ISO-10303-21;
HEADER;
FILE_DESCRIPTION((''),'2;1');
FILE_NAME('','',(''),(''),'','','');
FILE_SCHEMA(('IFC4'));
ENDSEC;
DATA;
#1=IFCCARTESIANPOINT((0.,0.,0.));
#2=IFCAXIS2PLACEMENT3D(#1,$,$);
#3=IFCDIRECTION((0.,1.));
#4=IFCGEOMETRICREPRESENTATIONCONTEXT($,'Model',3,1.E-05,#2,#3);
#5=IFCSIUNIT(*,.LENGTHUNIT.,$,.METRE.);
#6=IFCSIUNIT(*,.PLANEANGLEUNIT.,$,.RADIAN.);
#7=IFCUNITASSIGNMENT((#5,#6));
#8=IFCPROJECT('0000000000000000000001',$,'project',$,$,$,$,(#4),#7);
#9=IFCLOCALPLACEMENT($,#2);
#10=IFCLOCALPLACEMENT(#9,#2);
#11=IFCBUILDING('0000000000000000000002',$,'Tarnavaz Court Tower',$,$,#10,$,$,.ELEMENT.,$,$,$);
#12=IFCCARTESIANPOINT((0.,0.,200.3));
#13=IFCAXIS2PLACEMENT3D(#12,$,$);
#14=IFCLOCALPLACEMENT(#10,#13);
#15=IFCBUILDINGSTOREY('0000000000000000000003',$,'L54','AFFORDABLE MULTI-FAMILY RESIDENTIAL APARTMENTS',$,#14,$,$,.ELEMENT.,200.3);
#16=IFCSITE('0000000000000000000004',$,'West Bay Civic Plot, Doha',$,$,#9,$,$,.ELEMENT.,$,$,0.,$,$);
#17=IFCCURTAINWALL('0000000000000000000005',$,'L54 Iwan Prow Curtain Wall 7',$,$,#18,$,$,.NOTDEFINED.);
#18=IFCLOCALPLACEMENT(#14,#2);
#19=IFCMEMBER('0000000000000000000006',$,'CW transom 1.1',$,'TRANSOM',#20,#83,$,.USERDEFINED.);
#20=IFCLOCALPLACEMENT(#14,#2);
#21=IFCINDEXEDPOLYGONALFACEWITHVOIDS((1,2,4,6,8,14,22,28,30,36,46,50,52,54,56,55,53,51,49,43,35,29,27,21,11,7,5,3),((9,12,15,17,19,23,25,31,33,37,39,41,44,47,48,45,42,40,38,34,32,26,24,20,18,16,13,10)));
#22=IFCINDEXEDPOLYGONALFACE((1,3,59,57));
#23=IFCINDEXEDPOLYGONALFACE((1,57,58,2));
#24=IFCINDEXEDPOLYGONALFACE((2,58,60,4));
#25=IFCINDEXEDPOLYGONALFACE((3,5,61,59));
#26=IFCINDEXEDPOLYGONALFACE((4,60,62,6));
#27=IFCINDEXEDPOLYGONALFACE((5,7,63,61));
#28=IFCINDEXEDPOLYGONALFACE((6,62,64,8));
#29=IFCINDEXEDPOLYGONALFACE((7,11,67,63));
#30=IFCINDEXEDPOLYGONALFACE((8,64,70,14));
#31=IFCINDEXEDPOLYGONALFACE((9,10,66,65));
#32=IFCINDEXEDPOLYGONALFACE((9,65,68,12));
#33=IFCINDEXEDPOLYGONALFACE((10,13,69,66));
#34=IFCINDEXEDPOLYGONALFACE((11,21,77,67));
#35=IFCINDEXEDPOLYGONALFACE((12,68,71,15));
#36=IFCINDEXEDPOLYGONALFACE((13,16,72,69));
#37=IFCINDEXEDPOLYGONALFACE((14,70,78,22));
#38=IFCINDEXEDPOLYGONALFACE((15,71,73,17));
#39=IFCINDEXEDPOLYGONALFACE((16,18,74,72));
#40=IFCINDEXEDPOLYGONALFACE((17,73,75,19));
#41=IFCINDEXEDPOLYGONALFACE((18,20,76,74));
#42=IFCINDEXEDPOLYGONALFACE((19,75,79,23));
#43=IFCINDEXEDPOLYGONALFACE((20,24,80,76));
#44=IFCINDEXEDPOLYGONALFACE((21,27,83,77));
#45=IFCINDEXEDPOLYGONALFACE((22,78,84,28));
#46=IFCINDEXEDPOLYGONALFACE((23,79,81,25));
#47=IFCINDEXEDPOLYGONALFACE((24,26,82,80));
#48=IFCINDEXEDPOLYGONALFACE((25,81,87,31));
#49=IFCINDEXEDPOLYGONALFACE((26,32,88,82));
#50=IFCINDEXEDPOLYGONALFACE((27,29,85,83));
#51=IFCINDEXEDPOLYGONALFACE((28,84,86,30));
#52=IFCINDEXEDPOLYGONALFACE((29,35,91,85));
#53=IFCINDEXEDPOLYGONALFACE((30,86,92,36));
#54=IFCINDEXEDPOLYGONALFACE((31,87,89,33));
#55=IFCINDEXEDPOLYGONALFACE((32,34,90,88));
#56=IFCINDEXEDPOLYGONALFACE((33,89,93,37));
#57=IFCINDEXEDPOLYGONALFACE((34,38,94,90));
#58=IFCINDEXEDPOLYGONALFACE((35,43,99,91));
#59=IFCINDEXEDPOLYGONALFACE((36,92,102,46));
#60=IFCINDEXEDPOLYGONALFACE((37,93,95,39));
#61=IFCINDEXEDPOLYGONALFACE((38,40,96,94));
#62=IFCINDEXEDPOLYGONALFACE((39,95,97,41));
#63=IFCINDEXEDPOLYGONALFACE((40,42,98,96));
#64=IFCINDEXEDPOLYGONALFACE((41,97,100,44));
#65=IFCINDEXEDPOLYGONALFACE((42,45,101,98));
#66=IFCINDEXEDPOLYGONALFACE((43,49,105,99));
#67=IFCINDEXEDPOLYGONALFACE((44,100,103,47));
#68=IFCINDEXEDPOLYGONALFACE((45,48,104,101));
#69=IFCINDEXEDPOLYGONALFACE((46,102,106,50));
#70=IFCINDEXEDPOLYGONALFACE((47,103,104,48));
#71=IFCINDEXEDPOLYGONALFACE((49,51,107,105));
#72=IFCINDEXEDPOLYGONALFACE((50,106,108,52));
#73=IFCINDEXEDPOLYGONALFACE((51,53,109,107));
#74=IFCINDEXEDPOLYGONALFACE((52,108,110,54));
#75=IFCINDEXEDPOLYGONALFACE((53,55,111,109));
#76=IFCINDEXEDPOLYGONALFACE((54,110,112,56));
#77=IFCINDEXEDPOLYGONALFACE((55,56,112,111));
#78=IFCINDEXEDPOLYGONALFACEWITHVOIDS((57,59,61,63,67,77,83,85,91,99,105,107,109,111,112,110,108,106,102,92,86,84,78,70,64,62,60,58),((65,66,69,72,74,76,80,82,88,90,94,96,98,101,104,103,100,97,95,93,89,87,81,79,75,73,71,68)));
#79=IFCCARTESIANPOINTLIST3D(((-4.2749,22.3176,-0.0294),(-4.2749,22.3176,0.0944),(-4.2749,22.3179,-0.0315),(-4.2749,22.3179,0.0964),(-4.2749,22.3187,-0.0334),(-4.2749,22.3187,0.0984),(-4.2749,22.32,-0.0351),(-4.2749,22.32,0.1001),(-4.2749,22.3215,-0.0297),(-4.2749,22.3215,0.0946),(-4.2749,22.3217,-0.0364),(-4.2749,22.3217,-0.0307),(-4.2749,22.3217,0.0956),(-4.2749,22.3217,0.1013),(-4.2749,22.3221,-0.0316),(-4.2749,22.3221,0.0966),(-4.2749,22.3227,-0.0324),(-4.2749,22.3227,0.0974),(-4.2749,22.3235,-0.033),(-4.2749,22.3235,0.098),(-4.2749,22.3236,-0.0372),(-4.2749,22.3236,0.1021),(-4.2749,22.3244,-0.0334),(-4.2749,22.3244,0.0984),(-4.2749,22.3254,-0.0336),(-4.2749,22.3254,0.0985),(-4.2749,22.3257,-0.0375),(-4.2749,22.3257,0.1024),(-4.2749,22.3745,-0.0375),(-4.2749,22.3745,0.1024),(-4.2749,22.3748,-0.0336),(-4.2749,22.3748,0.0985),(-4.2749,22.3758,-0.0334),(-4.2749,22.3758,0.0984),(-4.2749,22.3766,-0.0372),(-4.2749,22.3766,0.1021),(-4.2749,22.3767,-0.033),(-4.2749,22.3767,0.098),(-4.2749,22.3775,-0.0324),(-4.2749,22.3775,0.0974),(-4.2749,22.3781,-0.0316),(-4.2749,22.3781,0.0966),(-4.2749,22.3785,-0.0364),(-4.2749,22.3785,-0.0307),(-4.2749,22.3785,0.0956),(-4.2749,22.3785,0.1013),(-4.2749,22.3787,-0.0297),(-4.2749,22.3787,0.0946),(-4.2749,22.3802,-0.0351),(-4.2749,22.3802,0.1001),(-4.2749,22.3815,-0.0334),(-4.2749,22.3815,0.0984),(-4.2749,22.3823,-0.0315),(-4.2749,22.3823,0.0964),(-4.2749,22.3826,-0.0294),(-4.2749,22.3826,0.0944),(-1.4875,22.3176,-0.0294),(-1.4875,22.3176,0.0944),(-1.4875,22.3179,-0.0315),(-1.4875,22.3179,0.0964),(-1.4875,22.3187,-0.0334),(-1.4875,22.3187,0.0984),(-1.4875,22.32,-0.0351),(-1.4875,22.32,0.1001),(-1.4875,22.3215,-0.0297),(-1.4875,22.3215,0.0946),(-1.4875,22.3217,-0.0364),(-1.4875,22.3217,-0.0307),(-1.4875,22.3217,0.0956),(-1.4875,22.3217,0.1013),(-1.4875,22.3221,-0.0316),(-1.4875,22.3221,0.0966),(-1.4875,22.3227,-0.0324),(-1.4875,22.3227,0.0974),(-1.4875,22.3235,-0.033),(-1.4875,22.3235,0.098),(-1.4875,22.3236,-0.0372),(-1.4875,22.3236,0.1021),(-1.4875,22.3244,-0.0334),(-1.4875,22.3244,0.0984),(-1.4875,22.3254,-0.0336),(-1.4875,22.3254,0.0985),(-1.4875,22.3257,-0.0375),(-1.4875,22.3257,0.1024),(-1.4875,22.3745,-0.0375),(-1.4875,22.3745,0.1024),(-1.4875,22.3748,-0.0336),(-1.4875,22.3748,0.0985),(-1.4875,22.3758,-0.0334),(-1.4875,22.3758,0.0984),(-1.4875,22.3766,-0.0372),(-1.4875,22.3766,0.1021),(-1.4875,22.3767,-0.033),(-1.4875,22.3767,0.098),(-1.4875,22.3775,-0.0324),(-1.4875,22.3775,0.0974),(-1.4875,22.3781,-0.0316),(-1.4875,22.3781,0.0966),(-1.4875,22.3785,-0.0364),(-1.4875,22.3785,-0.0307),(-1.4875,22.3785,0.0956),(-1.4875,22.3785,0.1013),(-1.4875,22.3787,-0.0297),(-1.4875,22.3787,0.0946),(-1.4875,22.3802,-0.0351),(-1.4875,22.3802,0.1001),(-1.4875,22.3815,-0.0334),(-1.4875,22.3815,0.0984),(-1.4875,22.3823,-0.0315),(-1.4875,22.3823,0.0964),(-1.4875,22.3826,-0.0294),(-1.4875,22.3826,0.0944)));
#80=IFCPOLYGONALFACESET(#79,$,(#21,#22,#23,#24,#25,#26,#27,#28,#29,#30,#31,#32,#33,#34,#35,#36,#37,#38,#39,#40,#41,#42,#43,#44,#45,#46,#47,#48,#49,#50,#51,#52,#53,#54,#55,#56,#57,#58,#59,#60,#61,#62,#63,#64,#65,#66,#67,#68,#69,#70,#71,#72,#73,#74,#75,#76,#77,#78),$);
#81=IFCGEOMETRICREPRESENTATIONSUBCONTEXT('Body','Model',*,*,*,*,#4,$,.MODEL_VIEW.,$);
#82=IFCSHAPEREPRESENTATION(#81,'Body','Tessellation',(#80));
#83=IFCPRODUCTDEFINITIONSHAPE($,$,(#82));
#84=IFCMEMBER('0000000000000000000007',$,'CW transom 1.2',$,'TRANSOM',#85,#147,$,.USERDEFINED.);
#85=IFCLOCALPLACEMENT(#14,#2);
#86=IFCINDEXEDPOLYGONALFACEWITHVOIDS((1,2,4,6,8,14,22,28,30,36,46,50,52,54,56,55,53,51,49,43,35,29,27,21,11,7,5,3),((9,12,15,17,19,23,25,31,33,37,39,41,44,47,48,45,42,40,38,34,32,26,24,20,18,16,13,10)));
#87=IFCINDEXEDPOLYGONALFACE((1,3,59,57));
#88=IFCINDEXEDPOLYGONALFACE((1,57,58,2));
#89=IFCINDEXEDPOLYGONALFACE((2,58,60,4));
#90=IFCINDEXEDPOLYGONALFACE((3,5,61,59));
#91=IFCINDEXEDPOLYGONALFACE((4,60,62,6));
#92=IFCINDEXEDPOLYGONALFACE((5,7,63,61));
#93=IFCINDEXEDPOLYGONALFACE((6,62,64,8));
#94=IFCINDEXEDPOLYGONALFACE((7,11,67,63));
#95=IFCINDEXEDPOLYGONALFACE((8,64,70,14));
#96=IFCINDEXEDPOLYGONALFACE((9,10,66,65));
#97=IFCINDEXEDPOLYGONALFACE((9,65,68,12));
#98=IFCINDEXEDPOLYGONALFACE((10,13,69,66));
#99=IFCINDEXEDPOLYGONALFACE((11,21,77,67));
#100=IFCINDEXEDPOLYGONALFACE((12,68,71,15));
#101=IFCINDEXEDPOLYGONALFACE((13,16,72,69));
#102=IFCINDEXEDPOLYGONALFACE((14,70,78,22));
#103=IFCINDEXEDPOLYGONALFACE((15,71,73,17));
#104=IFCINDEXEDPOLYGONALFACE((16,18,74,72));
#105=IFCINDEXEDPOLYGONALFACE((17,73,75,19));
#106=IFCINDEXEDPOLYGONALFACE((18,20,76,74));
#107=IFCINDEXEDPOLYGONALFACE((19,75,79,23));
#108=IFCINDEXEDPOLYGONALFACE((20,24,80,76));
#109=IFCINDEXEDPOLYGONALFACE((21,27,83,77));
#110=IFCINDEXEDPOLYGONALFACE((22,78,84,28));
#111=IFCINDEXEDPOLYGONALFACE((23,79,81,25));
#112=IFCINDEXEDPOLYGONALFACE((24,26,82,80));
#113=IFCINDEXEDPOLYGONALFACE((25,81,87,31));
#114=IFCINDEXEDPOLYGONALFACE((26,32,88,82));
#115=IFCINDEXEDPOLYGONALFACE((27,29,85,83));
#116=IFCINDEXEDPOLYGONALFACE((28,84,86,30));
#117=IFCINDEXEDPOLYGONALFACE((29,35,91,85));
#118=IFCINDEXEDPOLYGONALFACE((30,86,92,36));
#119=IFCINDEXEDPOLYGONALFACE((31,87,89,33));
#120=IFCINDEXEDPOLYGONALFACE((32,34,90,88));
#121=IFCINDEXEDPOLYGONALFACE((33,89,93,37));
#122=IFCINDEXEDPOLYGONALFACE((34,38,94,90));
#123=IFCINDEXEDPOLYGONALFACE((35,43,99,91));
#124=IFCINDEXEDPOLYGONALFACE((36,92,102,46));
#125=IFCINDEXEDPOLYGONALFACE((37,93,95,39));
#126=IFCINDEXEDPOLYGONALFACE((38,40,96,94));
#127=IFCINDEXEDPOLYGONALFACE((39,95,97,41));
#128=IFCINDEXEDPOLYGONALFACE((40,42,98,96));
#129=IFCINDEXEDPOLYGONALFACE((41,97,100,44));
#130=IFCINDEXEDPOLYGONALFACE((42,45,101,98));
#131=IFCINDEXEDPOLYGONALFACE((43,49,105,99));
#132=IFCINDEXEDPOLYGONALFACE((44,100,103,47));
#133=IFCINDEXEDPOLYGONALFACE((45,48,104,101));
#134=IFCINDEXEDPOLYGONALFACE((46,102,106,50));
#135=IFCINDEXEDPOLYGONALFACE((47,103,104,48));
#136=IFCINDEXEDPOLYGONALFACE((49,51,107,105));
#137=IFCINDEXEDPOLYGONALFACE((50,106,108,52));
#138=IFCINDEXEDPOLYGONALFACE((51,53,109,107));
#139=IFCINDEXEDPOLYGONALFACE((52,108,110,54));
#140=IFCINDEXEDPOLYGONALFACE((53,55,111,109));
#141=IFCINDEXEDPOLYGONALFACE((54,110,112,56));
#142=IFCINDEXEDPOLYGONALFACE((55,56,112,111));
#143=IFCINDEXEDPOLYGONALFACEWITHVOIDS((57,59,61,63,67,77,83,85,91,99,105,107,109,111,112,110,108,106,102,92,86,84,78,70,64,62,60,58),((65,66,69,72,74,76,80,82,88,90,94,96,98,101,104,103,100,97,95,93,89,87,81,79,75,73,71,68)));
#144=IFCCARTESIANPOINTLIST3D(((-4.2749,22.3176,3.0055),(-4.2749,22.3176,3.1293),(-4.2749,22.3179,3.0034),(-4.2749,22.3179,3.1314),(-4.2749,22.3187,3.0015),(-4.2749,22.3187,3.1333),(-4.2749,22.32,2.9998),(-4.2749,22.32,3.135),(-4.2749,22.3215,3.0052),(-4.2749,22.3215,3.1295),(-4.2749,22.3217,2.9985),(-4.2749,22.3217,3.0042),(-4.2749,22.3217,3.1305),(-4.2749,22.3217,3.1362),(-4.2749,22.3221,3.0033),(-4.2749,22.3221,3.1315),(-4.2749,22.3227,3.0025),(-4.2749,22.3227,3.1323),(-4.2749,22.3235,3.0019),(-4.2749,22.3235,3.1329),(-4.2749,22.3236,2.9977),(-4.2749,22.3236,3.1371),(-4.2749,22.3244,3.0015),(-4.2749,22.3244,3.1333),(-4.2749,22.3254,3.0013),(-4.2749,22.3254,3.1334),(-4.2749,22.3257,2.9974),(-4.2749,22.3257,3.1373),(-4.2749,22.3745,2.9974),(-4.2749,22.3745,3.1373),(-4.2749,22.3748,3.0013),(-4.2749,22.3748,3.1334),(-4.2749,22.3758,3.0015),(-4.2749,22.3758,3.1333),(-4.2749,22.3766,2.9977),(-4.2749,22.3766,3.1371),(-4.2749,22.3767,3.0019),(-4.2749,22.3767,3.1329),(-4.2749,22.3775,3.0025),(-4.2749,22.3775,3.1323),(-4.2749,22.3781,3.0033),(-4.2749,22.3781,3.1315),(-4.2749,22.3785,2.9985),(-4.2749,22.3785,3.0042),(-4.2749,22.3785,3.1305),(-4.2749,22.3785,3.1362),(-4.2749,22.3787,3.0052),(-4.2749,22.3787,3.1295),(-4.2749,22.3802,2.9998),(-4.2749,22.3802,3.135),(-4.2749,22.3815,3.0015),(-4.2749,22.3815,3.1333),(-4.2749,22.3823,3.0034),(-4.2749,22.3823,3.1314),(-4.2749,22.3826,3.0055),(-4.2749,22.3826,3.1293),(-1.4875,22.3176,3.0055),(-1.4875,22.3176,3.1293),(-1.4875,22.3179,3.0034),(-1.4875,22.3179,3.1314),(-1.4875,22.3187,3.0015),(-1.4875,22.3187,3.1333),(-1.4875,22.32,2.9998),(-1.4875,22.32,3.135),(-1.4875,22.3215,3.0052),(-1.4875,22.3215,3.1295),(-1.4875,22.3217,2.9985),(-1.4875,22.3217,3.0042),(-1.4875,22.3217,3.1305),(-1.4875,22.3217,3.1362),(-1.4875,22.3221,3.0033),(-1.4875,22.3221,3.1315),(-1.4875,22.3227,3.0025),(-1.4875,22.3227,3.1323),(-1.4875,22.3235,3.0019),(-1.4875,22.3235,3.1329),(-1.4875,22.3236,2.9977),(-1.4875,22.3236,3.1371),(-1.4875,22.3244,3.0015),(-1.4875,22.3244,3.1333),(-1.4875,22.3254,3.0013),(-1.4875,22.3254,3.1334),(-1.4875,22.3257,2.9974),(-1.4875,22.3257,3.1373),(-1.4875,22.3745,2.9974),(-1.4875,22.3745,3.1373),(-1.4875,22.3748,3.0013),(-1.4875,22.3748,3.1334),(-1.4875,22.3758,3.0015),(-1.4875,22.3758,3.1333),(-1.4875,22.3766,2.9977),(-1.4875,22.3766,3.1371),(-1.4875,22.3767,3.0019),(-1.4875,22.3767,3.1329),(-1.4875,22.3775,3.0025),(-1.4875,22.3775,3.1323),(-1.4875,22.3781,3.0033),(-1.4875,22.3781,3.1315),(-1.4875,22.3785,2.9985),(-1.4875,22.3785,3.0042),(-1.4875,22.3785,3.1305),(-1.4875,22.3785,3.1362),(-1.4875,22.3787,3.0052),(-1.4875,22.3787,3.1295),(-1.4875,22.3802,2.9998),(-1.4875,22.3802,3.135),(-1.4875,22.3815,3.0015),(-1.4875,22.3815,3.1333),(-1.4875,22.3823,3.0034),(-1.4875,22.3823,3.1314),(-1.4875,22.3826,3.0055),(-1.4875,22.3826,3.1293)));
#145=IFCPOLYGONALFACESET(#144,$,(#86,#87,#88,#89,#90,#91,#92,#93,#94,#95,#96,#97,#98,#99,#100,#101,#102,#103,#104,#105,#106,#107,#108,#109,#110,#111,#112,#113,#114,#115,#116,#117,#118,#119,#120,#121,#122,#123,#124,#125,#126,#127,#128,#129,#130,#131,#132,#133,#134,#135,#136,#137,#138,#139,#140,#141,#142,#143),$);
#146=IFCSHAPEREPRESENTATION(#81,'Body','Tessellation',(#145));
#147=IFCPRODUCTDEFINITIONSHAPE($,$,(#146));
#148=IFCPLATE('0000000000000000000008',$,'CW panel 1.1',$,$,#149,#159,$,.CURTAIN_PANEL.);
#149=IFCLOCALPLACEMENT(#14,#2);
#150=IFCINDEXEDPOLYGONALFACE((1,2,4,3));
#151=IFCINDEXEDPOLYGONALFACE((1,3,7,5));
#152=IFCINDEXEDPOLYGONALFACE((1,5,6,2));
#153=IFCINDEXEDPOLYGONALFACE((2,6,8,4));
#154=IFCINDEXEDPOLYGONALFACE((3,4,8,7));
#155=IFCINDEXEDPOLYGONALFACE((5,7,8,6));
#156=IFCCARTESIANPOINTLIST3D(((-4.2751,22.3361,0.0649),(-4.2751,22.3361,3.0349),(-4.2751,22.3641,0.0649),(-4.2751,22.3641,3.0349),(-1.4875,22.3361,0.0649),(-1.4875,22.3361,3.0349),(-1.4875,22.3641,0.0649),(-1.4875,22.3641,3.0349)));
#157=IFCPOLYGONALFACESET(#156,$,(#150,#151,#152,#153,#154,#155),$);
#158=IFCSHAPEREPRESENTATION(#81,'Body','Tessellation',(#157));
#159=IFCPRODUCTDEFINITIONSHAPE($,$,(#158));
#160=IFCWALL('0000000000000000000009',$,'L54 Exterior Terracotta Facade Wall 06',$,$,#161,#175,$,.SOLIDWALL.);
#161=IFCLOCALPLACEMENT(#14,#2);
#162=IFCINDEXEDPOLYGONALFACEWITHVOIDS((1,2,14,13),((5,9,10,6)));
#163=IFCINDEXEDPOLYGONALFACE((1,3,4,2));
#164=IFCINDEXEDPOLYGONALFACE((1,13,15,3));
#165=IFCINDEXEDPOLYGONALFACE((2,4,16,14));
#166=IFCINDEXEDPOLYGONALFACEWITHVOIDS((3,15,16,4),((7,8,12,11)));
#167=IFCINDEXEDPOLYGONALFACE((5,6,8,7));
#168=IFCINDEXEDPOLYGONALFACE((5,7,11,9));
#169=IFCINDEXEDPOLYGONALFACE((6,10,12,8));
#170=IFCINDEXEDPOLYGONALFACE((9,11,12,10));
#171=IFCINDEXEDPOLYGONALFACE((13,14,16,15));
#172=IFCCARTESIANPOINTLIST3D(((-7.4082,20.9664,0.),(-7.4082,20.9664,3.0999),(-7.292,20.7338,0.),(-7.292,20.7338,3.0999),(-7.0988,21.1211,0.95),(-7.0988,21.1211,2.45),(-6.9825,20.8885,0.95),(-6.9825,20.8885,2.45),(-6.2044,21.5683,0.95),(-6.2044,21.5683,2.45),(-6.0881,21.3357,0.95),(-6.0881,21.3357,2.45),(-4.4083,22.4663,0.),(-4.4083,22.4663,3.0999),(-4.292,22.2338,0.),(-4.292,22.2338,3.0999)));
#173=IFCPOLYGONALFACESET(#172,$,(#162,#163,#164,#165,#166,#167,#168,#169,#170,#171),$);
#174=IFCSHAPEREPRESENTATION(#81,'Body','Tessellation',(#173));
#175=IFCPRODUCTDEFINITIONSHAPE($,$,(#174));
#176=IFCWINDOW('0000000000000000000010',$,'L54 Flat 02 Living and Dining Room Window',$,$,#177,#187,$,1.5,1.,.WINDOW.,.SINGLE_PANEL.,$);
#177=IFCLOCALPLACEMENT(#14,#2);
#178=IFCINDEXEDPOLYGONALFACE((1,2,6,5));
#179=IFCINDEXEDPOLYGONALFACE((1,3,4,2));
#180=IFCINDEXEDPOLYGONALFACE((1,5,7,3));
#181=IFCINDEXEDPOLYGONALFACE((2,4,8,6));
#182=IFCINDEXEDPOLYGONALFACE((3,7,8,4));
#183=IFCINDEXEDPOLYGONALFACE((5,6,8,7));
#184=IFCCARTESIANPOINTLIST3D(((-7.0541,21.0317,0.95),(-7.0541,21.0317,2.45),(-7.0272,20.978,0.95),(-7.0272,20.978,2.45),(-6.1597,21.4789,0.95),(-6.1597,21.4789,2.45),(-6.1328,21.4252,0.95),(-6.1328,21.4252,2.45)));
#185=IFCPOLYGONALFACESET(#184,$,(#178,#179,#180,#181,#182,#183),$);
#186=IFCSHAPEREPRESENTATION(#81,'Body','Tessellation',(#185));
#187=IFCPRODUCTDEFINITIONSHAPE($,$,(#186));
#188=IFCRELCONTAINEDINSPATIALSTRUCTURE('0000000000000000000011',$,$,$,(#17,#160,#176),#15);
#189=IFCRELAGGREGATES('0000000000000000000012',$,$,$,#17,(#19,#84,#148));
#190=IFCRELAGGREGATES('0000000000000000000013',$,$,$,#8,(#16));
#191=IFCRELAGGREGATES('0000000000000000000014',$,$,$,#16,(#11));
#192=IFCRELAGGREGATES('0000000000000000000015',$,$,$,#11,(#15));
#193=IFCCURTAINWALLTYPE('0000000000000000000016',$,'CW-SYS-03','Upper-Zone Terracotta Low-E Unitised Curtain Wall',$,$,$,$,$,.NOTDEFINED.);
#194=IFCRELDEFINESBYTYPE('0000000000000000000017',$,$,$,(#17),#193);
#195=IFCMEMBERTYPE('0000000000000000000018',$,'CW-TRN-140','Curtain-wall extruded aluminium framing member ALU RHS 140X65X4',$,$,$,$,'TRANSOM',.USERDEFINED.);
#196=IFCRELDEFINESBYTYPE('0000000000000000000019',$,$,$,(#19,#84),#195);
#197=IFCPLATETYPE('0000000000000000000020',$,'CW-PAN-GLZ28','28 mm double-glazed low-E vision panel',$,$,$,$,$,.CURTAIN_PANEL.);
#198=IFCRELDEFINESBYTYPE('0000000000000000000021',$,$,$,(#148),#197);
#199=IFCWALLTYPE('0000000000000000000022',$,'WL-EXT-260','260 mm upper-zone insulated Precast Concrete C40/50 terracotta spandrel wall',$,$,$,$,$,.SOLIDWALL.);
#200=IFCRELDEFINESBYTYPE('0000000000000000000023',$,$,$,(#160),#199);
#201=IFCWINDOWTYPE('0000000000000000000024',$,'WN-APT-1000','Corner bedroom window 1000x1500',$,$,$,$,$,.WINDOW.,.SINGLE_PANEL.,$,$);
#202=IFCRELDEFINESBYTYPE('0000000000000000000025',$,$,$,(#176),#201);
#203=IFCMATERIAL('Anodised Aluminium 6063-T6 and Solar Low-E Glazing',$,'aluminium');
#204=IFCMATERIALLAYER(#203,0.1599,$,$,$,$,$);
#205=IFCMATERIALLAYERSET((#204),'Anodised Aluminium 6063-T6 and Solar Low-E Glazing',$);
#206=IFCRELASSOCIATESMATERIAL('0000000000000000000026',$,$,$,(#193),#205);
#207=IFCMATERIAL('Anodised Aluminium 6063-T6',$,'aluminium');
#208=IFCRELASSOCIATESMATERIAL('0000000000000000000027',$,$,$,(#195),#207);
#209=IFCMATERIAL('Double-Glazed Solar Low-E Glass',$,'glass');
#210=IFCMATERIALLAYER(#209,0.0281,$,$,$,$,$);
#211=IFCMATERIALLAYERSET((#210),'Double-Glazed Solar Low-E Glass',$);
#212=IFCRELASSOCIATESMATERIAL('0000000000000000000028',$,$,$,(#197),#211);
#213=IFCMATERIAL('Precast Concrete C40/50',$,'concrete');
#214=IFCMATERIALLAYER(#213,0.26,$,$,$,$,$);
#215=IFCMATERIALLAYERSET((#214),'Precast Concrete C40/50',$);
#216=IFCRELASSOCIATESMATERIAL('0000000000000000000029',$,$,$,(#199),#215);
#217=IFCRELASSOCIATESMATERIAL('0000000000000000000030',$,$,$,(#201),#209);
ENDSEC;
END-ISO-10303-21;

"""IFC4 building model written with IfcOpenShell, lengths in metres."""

from ifc_helpers import new_model, si_unit, direction, frame, frame_2d, origin, origin_2d, place, context, subcontext, project, spatial, rectangle, hollow_rectangle, extrude, material, layer, layer_set, material_profile, profile_set, type_object, element, fill, aggregate, save


model = new_model("IFC4")

# Units and contexts
model_context = context("Model", 3, precision=1e-05, world=origin(), true_north=direction((0.0, 1.0)))
body_context = subcontext(model_context, "Body", "Model", "MODEL_VIEW")
ifc_project = project(units=[si_unit("LENGTHUNIT", "METRE"), si_unit("PLANEANGLEUNIT", "RADIAN")], contexts=[model_context])

# Site, building, storey
site_placement = place(None, origin())
site = spatial("IfcSite", under=ifc_project, at=site_placement, Name="West Bay Civic Plot, Doha", CompositionType="ELEMENT", RefElevation=0.0)
building_placement = place(site_placement, origin())
building = spatial("IfcBuilding", under=site, at=building_placement, Name="Tarnavaz Court Tower", CompositionType="ELEMENT")
storey_placement = place(building_placement, frame((0.0, 0.0, 200.3)))
storey = spatial("IfcBuildingStorey", under=building, at=storey_placement, Name="L54", Description="AFFORDABLE MULTI-FAMILY RESIDENTIAL APARTMENTS", CompositionType="ELEMENT", Elevation=200.3)

# Curtain wall, members, plate
ifc_material_1 = material(Name="Anodised Aluminium 6063-T6 and Solar Low-E Glazing", Category="aluminium")
ifc_layer_1 = layer(ifc_material_1, 0.1599)
ifc_layer_set_1 = layer_set([ifc_layer_1], Name="Anodised Aluminium 6063-T6 and Solar Low-E Glazing")
curtain_wall_type = type_object("IfcCurtainWallType", Name="CW-SYS-03", Description="Upper-Zone Terracotta Low-E Unitised Curtain Wall", PredefinedType="NOTDEFINED", material=ifc_layer_set_1)
curtain_wall_placement = place(storey_placement, origin())
curtain_wall = element("IfcCurtainWall", 1, at=curtain_wall_placement, inside=storey, type_object=curtain_wall_type, Name="L54 Iwan Prow Curtain Wall 7", PredefinedType="NOTDEFINED")
ifc_material_2 = material(Name="Anodised Aluminium 6063-T6", Category="aluminium")
ifc_material_profile_1 = material_profile(ifc_material_2, hollow_rectangle(XDim=0.0649, YDim=0.1399, WallThickness=0.0039, InnerFilletRadius=0.0039, OuterFilletRadius=0.0081, at=origin_2d()), Name="ALU RHS 140X65X4")
ifc_profile_set_1 = profile_set([ifc_material_profile_1], Name="Anodised Aluminium 6063-T6")
member_type_1 = type_object("IfcMemberType", Name="CW-TRN-140", Description="Curtain-wall extruded aluminium framing member ALU RHS 140X65X4", ElementType="TRANSOM", PredefinedType="USERDEFINED", material=ifc_profile_set_1)
member_1_placement = place(storey_placement, frame((-4.2749, 22.3501, 0.0325), z_axis=(1.0, 0.0, 0.0), x_axis=(0.0, 1.0, 0.0)))
member_1 = element("IfcMember", 2, at=member_1_placement, type_object=member_type_1, Name="CW transom 1.1", ObjectType="TRANSOM", PredefinedType="USERDEFINED", context=body_context, shape_type="SweptSolid", body=[
    extrude(hollow_rectangle(XDim=0.0649, YDim=0.1399, WallThickness=0.0039, InnerFilletRadius=0.0039, OuterFilletRadius=0.0081, at=origin_2d()), origin(), (0.0, 0.0, 1.0), 2.7874),
])
member_2_placement = place(storey_placement, frame((-4.2749, 22.3501, 3.0674), z_axis=(1.0, 0.0, 0.0), x_axis=(0.0, 1.0, 0.0)))
member_2 = element("IfcMember", 3, at=member_2_placement, type_object=member_type_1, Name="CW transom 1.2", ObjectType="TRANSOM", PredefinedType="USERDEFINED", context=body_context, shape_type="SweptSolid", body=[
    extrude(hollow_rectangle(XDim=0.0649, YDim=0.1399, WallThickness=0.0039, InnerFilletRadius=0.0039, OuterFilletRadius=0.0081, at=origin_2d()), origin(), (0.0, 0.0, 1.0), 2.7874),
])
ifc_material_3 = material(Name="Double-Glazed Solar Low-E Glass", Category="glass")
ifc_layer_2 = layer(ifc_material_3, 0.0281)
ifc_layer_set_2 = layer_set([ifc_layer_2], Name="Double-Glazed Solar Low-E Glass")
plate_type = type_object("IfcPlateType", Name="CW-PAN-GLZ28", Description="28 mm double-glazed low-E vision panel", PredefinedType="CURTAIN_PANEL", material=ifc_layer_set_2)
plate_placement = place(storey_placement, frame((-2.8813, 22.3501, 0.0649), z_axis=(0.0, 0.0, 1.0), x_axis=(1.0, 0.0, 0.0)))
plate = element("IfcPlate", 4, at=plate_placement, type_object=plate_type, Name="CW panel 1.1", PredefinedType="CURTAIN_PANEL", context=body_context, shape_type="SweptSolid", body=[
    extrude(rectangle(XDim=2.7876, YDim=0.0281, at=origin_2d()), origin(), (0.0, 0.0, 1.0), 2.97),
])
aggregate(curtain_wall, [member_1, member_2, plate])

# Wall, opening, window
ifc_material_4 = material(Name="Precast Concrete C40/50", Category="concrete")
ifc_layer_3 = layer(ifc_material_4, 0.26)
ifc_layer_set_3 = layer_set([ifc_layer_3], Name="Precast Concrete C40/50")
wall_type_1 = type_object("IfcWallType", Name="WL-EXT-260", Description="260 mm upper-zone insulated Precast Concrete C40/50 terracotta spandrel wall", PredefinedType="SOLIDWALL", material=ifc_layer_set_3)
wall_1_placement = place(storey_placement, frame((-7.3501, 20.8501, 0.0), z_axis=(0.0, 0.0, 1.0), x_axis=(0.894427, 0.447214, 0.0)))
wall_1 = element("IfcWall", 5, at=wall_1_placement, inside=storey, type_object=wall_type_1, Name="L54 Exterior Terracotta Facade Wall 06", PredefinedType="SOLIDWALL", context=body_context, shape_type="SweptSolid", body=[
    extrude(rectangle(XDim=3.354, YDim=0.26, at=frame_2d((1.677, 0.0))), origin(), (0.0, 0.0, 1.0), 3.0999),
])
opening_1_placement = place(wall_1_placement, frame((0.3459, 0.0, 0.95)))
opening_1 = element("IfcOpeningElement", 6, at=opening_1_placement, cuts=wall_1, PredefinedType="OPENING", context=body_context, shape_type="SweptSolid", body=[
    extrude(rectangle(XDim=1.0, YDim=1.5, at=frame_2d((0.5, 0.75))), frame((0.0, 0.1399, 0.0), z_axis=(0.0, -1.0, 0.0), x_axis=(1.0, 0.0, 0.0)), (0.0, 0.0, 1.0), 0.28),
])
window_type = type_object("IfcWindowType", Name="WN-APT-1000", Description="Corner bedroom window 1000x1500", PartitioningType="SINGLE_PANEL", PredefinedType="WINDOW", material=ifc_material_3)
window_placement = place(opening_1_placement, origin())
window = element("IfcWindow", 7, at=window_placement, inside=storey, type_object=window_type, Name="L54 Flat 02 Living and Dining Room Window", OverallHeight=1.5, OverallWidth=1.0, PartitioningType="SINGLE_PANEL", PredefinedType="WINDOW", context=body_context, shape_type="SweptSolid", body=[
    extrude(rectangle(XDim=1.0, YDim=1.5, at=frame_2d((0.5, 0.75))), frame((0.0, 0.03, 0.0), z_axis=(0.0, -1.0, 0.0), x_axis=(1.0, 0.0, 0.0)), (0.0, 0.0, 1.0), 0.0601),
])
fill(opening_1, window)

save(model, "model.ifc")
